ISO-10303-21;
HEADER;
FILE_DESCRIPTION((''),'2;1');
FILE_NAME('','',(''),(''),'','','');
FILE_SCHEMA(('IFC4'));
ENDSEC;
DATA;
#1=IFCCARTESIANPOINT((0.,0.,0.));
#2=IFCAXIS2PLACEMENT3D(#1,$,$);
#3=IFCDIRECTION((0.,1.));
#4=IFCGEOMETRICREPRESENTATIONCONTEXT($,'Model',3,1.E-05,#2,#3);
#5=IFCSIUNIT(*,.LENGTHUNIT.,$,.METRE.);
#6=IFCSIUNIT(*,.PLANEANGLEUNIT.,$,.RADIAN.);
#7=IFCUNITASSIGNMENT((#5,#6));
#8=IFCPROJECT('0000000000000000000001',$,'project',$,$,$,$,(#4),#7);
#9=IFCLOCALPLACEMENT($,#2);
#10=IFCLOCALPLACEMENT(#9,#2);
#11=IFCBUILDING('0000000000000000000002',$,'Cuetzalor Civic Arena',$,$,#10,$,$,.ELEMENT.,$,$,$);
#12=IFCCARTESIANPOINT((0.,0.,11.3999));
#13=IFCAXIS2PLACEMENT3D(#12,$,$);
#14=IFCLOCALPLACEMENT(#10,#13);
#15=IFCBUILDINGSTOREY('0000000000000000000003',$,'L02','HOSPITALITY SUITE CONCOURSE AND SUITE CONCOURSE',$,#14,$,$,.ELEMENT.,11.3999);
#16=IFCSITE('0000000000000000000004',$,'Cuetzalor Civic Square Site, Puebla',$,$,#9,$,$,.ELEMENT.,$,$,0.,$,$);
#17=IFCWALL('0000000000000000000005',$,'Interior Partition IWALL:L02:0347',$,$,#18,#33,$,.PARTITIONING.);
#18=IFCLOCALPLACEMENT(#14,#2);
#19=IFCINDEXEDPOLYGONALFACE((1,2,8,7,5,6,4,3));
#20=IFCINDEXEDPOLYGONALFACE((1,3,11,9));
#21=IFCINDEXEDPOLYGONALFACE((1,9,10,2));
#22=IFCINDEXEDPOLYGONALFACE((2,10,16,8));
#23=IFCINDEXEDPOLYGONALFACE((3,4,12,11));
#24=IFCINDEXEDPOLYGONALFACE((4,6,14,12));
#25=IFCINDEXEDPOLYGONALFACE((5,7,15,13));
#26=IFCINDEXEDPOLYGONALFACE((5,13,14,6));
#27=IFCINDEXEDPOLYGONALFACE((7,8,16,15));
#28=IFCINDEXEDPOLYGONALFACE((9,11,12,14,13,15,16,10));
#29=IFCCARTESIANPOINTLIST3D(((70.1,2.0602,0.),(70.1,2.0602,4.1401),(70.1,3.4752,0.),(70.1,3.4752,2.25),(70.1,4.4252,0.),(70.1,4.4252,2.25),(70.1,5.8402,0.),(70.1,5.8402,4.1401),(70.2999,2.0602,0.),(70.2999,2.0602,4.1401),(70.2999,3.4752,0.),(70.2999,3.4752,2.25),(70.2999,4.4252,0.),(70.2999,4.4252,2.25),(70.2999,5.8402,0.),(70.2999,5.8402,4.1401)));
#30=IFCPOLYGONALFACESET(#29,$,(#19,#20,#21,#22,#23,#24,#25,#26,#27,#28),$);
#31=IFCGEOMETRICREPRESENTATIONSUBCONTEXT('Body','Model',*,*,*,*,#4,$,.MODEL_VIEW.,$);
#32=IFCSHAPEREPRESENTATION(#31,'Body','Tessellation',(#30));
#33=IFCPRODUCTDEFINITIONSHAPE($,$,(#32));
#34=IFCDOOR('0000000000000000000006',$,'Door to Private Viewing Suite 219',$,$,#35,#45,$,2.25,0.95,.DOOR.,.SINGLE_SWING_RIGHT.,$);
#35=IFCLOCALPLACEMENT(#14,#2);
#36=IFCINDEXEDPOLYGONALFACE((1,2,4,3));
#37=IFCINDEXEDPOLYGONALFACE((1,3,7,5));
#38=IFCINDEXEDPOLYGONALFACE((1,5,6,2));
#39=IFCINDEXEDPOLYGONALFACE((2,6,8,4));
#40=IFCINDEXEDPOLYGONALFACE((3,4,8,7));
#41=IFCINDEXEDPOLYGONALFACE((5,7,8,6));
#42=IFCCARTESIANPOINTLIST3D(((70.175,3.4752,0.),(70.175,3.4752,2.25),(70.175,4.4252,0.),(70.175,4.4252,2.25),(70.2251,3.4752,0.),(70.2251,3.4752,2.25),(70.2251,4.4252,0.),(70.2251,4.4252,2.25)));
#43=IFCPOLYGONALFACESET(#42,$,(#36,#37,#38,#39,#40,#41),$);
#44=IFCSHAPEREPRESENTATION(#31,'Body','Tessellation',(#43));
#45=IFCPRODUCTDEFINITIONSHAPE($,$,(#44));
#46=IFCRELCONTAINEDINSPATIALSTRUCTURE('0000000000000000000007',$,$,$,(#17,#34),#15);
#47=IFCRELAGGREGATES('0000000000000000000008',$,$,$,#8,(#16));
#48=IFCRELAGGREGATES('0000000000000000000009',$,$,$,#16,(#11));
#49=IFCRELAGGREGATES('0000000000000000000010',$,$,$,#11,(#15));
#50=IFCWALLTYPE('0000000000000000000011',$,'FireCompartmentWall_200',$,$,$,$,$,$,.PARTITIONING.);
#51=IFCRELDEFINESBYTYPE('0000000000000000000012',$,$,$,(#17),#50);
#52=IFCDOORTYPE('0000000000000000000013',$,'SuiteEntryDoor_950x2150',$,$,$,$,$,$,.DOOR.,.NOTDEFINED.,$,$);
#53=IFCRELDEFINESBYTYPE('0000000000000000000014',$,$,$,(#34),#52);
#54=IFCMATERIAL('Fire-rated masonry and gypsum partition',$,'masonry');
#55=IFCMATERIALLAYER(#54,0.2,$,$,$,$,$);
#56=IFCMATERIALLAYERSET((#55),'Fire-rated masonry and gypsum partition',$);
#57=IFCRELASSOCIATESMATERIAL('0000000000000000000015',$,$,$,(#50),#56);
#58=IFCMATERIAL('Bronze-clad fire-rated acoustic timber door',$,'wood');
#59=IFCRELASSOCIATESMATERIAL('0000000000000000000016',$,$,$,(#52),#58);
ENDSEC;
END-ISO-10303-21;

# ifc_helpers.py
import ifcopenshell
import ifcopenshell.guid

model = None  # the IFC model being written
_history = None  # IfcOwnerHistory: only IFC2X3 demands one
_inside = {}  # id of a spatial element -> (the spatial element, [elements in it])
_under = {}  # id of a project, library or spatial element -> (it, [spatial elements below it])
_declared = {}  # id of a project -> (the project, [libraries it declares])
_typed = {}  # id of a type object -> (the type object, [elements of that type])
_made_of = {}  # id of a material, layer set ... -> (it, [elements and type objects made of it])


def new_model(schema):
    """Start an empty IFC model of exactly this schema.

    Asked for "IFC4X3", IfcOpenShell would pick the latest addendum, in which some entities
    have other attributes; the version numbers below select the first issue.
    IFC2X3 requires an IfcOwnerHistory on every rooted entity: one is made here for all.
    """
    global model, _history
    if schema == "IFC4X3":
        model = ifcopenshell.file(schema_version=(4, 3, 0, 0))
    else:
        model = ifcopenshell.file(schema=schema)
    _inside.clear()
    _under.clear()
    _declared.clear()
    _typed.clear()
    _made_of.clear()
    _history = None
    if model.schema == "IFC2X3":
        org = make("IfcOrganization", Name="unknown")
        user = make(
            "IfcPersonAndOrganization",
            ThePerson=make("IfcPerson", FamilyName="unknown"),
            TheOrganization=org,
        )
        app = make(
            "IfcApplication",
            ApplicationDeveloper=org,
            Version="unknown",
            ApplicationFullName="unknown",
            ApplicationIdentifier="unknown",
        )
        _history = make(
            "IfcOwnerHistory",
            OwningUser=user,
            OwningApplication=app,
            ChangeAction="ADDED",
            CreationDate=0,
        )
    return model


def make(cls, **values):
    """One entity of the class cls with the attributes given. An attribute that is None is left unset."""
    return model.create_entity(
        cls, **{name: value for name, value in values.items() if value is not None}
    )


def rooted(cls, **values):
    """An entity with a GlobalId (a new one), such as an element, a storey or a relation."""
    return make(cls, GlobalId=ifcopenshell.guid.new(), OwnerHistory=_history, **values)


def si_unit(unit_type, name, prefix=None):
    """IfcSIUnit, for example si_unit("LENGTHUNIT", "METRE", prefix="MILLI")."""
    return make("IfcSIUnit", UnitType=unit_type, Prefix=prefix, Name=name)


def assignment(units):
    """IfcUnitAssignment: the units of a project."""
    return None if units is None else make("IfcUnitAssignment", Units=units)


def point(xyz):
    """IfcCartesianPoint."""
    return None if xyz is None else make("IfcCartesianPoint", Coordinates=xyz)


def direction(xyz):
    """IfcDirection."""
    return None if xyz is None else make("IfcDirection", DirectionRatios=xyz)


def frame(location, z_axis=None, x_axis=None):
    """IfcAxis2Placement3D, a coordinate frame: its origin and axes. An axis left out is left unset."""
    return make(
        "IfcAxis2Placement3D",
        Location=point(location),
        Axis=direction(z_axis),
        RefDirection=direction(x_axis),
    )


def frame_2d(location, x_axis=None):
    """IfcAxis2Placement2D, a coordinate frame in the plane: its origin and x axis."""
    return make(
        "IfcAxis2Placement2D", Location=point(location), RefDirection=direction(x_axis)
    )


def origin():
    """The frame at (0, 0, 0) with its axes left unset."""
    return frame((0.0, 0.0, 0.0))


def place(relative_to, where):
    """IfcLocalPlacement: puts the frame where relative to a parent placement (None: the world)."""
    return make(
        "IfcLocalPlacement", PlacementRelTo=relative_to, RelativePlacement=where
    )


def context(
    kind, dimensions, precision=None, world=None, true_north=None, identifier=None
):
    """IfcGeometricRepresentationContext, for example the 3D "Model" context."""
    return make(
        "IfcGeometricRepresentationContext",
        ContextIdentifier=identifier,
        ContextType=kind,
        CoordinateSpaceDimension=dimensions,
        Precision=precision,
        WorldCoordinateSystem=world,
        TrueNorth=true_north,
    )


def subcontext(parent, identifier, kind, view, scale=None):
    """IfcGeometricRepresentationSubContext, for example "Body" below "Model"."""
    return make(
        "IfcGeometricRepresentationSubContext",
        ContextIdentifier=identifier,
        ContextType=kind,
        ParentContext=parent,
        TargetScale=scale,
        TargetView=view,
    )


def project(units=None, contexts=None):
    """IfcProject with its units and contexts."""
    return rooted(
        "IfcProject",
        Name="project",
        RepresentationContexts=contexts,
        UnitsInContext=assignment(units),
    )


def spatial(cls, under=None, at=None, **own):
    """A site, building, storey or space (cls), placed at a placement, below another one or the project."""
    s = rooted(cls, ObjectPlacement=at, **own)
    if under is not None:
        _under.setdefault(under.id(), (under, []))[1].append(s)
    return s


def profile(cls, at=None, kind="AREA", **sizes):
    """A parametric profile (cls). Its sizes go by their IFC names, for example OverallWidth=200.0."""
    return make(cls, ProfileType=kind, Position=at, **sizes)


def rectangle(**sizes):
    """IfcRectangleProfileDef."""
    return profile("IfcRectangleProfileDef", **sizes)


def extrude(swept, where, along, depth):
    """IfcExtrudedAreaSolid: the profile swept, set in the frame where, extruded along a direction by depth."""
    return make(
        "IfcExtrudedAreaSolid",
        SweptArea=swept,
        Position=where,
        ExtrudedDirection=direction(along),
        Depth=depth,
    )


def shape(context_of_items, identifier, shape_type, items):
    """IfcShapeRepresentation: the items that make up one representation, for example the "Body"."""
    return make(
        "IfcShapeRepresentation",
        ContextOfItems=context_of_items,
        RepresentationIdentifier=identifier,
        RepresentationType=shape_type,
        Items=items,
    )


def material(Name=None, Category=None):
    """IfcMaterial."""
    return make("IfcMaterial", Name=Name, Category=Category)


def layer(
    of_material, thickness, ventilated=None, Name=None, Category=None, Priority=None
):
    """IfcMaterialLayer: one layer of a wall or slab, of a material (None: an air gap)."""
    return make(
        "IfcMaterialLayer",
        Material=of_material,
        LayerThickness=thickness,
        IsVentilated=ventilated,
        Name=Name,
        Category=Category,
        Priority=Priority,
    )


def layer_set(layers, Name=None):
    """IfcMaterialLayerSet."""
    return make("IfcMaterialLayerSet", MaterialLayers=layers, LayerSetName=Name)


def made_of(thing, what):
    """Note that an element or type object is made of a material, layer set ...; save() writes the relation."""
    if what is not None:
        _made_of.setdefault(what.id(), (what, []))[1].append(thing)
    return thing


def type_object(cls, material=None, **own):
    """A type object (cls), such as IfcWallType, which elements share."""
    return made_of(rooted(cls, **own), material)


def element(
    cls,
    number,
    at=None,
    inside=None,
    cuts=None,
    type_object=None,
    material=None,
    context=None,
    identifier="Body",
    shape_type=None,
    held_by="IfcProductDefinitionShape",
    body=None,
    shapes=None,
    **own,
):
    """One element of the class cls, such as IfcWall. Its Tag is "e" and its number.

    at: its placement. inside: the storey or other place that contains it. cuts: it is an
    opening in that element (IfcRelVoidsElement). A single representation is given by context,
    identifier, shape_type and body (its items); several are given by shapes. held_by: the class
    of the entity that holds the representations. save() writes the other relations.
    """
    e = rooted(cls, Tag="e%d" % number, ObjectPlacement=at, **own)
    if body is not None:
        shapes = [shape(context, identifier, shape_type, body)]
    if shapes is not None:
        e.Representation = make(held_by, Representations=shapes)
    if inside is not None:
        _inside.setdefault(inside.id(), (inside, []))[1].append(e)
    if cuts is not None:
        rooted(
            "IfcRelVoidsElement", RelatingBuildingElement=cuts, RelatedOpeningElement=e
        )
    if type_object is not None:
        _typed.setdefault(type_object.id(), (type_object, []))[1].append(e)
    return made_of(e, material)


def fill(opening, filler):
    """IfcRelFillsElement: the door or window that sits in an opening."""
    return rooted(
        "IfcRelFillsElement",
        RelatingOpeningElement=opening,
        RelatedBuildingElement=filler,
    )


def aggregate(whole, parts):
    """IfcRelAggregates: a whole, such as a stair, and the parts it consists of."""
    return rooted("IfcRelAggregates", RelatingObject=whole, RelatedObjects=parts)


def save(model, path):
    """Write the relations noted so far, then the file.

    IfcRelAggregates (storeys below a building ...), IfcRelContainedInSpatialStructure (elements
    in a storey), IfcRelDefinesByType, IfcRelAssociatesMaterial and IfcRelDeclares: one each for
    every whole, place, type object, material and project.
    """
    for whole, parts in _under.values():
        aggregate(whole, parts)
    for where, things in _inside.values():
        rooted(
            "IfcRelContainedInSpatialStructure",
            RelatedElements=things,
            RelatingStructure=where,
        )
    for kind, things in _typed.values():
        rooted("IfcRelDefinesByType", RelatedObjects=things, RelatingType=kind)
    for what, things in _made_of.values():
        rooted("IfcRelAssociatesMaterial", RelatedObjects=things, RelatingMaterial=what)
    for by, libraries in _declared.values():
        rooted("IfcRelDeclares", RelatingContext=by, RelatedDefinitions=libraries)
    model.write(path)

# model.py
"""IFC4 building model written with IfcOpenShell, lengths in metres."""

from ifc_helpers import new_model, si_unit, direction, frame, frame_2d, origin, place, context, subcontext, project, spatial, rectangle, extrude, material, layer, layer_set, type_object, element, fill, save


model = new_model("IFC4")

# Units and contexts
model_context = context("Model", 3, precision=1e-05, world=origin(), true_north=direction((0.0, 1.0)))
body_context = subcontext(model_context, "Body", "Model", "MODEL_VIEW")
ifc_project = project(units=[si_unit("LENGTHUNIT", "METRE"), si_unit("PLANEANGLEUNIT", "RADIAN")], contexts=[model_context])

# Site, building, storey
site_placement = place(None, origin())
site = spatial("IfcSite", under=ifc_project, at=site_placement, Name="Cuetzalor Civic Square Site, Puebla", CompositionType="ELEMENT", RefElevation=0.0)
building_placement = place(site_placement, origin())
building = spatial("IfcBuilding", under=site, at=building_placement, Name="Cuetzalor Civic Arena", CompositionType="ELEMENT")
storey_placement = place(building_placement, frame((0.0, 0.0, 11.3999)))
storey = spatial("IfcBuildingStorey", under=building, at=storey_placement, Name="L02", Description="HOSPITALITY SUITE CONCOURSE AND SUITE CONCOURSE", CompositionType="ELEMENT", Elevation=11.3999)

# Wall, opening, door
ifc_material_1 = material(Name="Fire-rated masonry and gypsum partition", Category="masonry")
ifc_layer_1 = layer(ifc_material_1, 0.2)
ifc_layer_set_1 = layer_set([ifc_layer_1], Name="Fire-rated masonry and gypsum partition")
wall_type_1 = type_object("IfcWallType", Name="FireCompartmentWall_200", PredefinedType="PARTITIONING", material=ifc_layer_set_1)
ifc_material_2 = material(Name="Bronze-clad fire-rated acoustic timber door", Category="wood")
door_type = type_object("IfcDoorType", Name="SuiteEntryDoor_950x2150", OperationType="NOTDEFINED", PredefinedType="DOOR", material=ifc_material_2)
wall_1_placement = place(storey_placement, frame((70.2, 2.0601, 0.0), z_axis=(0.0, 0.0, 1.0), x_axis=(0.0, 1.0, 0.0)))
wall_1 = element("IfcWall", 1, at=wall_1_placement, inside=storey, type_object=wall_type_1, Name="Interior Partition IWALL:L02:0347", PredefinedType="PARTITIONING", context=body_context, shape_type="SweptSolid", body=[
    extrude(rectangle(XDim=3.78, YDim=0.2, at=frame_2d((1.8901, 0.0))), origin(), (0.0, 0.0, 1.0), 4.1401),
])
opening_1_placement = place(wall_1_placement, frame((1.415, 0.0, 0.0)))
opening_1 = element("IfcOpeningElement", 2, at=opening_1_placement, cuts=wall_1, PredefinedType="OPENING", context=body_context, shape_type="SweptSolid", body=[
    extrude(rectangle(XDim=0.95, YDim=2.25, at=frame_2d((0.4751, 1.125))), frame((0.0, 0.1099, 0.0), z_axis=(0.0, -1.0, 0.0), x_axis=(1.0, 0.0, 0.0)), (0.0, 0.0, 1.0), 0.22),
])
door_1_placement = place(opening_1_placement, origin())
door_1 = element("IfcDoor", 3, at=door_1_placement, inside=storey, type_object=door_type, Name="Door to Private Viewing Suite 219", OperationType="SINGLE_SWING_RIGHT", OverallHeight=2.25, OverallWidth=0.95, PredefinedType="DOOR", context=body_context, shape_type="SweptSolid", body=[
    extrude(rectangle(XDim=0.95, YDim=2.25, at=frame_2d((0.4751, 1.125))), frame((0.0, 0.0249, 0.0), z_axis=(0.0, -1.0, 0.0), x_axis=(1.0, 0.0, 0.0)), (0.0, 0.0, 1.0), 0.05),
])
fill(opening_1, door_1)

save(model, "model.ifc")
